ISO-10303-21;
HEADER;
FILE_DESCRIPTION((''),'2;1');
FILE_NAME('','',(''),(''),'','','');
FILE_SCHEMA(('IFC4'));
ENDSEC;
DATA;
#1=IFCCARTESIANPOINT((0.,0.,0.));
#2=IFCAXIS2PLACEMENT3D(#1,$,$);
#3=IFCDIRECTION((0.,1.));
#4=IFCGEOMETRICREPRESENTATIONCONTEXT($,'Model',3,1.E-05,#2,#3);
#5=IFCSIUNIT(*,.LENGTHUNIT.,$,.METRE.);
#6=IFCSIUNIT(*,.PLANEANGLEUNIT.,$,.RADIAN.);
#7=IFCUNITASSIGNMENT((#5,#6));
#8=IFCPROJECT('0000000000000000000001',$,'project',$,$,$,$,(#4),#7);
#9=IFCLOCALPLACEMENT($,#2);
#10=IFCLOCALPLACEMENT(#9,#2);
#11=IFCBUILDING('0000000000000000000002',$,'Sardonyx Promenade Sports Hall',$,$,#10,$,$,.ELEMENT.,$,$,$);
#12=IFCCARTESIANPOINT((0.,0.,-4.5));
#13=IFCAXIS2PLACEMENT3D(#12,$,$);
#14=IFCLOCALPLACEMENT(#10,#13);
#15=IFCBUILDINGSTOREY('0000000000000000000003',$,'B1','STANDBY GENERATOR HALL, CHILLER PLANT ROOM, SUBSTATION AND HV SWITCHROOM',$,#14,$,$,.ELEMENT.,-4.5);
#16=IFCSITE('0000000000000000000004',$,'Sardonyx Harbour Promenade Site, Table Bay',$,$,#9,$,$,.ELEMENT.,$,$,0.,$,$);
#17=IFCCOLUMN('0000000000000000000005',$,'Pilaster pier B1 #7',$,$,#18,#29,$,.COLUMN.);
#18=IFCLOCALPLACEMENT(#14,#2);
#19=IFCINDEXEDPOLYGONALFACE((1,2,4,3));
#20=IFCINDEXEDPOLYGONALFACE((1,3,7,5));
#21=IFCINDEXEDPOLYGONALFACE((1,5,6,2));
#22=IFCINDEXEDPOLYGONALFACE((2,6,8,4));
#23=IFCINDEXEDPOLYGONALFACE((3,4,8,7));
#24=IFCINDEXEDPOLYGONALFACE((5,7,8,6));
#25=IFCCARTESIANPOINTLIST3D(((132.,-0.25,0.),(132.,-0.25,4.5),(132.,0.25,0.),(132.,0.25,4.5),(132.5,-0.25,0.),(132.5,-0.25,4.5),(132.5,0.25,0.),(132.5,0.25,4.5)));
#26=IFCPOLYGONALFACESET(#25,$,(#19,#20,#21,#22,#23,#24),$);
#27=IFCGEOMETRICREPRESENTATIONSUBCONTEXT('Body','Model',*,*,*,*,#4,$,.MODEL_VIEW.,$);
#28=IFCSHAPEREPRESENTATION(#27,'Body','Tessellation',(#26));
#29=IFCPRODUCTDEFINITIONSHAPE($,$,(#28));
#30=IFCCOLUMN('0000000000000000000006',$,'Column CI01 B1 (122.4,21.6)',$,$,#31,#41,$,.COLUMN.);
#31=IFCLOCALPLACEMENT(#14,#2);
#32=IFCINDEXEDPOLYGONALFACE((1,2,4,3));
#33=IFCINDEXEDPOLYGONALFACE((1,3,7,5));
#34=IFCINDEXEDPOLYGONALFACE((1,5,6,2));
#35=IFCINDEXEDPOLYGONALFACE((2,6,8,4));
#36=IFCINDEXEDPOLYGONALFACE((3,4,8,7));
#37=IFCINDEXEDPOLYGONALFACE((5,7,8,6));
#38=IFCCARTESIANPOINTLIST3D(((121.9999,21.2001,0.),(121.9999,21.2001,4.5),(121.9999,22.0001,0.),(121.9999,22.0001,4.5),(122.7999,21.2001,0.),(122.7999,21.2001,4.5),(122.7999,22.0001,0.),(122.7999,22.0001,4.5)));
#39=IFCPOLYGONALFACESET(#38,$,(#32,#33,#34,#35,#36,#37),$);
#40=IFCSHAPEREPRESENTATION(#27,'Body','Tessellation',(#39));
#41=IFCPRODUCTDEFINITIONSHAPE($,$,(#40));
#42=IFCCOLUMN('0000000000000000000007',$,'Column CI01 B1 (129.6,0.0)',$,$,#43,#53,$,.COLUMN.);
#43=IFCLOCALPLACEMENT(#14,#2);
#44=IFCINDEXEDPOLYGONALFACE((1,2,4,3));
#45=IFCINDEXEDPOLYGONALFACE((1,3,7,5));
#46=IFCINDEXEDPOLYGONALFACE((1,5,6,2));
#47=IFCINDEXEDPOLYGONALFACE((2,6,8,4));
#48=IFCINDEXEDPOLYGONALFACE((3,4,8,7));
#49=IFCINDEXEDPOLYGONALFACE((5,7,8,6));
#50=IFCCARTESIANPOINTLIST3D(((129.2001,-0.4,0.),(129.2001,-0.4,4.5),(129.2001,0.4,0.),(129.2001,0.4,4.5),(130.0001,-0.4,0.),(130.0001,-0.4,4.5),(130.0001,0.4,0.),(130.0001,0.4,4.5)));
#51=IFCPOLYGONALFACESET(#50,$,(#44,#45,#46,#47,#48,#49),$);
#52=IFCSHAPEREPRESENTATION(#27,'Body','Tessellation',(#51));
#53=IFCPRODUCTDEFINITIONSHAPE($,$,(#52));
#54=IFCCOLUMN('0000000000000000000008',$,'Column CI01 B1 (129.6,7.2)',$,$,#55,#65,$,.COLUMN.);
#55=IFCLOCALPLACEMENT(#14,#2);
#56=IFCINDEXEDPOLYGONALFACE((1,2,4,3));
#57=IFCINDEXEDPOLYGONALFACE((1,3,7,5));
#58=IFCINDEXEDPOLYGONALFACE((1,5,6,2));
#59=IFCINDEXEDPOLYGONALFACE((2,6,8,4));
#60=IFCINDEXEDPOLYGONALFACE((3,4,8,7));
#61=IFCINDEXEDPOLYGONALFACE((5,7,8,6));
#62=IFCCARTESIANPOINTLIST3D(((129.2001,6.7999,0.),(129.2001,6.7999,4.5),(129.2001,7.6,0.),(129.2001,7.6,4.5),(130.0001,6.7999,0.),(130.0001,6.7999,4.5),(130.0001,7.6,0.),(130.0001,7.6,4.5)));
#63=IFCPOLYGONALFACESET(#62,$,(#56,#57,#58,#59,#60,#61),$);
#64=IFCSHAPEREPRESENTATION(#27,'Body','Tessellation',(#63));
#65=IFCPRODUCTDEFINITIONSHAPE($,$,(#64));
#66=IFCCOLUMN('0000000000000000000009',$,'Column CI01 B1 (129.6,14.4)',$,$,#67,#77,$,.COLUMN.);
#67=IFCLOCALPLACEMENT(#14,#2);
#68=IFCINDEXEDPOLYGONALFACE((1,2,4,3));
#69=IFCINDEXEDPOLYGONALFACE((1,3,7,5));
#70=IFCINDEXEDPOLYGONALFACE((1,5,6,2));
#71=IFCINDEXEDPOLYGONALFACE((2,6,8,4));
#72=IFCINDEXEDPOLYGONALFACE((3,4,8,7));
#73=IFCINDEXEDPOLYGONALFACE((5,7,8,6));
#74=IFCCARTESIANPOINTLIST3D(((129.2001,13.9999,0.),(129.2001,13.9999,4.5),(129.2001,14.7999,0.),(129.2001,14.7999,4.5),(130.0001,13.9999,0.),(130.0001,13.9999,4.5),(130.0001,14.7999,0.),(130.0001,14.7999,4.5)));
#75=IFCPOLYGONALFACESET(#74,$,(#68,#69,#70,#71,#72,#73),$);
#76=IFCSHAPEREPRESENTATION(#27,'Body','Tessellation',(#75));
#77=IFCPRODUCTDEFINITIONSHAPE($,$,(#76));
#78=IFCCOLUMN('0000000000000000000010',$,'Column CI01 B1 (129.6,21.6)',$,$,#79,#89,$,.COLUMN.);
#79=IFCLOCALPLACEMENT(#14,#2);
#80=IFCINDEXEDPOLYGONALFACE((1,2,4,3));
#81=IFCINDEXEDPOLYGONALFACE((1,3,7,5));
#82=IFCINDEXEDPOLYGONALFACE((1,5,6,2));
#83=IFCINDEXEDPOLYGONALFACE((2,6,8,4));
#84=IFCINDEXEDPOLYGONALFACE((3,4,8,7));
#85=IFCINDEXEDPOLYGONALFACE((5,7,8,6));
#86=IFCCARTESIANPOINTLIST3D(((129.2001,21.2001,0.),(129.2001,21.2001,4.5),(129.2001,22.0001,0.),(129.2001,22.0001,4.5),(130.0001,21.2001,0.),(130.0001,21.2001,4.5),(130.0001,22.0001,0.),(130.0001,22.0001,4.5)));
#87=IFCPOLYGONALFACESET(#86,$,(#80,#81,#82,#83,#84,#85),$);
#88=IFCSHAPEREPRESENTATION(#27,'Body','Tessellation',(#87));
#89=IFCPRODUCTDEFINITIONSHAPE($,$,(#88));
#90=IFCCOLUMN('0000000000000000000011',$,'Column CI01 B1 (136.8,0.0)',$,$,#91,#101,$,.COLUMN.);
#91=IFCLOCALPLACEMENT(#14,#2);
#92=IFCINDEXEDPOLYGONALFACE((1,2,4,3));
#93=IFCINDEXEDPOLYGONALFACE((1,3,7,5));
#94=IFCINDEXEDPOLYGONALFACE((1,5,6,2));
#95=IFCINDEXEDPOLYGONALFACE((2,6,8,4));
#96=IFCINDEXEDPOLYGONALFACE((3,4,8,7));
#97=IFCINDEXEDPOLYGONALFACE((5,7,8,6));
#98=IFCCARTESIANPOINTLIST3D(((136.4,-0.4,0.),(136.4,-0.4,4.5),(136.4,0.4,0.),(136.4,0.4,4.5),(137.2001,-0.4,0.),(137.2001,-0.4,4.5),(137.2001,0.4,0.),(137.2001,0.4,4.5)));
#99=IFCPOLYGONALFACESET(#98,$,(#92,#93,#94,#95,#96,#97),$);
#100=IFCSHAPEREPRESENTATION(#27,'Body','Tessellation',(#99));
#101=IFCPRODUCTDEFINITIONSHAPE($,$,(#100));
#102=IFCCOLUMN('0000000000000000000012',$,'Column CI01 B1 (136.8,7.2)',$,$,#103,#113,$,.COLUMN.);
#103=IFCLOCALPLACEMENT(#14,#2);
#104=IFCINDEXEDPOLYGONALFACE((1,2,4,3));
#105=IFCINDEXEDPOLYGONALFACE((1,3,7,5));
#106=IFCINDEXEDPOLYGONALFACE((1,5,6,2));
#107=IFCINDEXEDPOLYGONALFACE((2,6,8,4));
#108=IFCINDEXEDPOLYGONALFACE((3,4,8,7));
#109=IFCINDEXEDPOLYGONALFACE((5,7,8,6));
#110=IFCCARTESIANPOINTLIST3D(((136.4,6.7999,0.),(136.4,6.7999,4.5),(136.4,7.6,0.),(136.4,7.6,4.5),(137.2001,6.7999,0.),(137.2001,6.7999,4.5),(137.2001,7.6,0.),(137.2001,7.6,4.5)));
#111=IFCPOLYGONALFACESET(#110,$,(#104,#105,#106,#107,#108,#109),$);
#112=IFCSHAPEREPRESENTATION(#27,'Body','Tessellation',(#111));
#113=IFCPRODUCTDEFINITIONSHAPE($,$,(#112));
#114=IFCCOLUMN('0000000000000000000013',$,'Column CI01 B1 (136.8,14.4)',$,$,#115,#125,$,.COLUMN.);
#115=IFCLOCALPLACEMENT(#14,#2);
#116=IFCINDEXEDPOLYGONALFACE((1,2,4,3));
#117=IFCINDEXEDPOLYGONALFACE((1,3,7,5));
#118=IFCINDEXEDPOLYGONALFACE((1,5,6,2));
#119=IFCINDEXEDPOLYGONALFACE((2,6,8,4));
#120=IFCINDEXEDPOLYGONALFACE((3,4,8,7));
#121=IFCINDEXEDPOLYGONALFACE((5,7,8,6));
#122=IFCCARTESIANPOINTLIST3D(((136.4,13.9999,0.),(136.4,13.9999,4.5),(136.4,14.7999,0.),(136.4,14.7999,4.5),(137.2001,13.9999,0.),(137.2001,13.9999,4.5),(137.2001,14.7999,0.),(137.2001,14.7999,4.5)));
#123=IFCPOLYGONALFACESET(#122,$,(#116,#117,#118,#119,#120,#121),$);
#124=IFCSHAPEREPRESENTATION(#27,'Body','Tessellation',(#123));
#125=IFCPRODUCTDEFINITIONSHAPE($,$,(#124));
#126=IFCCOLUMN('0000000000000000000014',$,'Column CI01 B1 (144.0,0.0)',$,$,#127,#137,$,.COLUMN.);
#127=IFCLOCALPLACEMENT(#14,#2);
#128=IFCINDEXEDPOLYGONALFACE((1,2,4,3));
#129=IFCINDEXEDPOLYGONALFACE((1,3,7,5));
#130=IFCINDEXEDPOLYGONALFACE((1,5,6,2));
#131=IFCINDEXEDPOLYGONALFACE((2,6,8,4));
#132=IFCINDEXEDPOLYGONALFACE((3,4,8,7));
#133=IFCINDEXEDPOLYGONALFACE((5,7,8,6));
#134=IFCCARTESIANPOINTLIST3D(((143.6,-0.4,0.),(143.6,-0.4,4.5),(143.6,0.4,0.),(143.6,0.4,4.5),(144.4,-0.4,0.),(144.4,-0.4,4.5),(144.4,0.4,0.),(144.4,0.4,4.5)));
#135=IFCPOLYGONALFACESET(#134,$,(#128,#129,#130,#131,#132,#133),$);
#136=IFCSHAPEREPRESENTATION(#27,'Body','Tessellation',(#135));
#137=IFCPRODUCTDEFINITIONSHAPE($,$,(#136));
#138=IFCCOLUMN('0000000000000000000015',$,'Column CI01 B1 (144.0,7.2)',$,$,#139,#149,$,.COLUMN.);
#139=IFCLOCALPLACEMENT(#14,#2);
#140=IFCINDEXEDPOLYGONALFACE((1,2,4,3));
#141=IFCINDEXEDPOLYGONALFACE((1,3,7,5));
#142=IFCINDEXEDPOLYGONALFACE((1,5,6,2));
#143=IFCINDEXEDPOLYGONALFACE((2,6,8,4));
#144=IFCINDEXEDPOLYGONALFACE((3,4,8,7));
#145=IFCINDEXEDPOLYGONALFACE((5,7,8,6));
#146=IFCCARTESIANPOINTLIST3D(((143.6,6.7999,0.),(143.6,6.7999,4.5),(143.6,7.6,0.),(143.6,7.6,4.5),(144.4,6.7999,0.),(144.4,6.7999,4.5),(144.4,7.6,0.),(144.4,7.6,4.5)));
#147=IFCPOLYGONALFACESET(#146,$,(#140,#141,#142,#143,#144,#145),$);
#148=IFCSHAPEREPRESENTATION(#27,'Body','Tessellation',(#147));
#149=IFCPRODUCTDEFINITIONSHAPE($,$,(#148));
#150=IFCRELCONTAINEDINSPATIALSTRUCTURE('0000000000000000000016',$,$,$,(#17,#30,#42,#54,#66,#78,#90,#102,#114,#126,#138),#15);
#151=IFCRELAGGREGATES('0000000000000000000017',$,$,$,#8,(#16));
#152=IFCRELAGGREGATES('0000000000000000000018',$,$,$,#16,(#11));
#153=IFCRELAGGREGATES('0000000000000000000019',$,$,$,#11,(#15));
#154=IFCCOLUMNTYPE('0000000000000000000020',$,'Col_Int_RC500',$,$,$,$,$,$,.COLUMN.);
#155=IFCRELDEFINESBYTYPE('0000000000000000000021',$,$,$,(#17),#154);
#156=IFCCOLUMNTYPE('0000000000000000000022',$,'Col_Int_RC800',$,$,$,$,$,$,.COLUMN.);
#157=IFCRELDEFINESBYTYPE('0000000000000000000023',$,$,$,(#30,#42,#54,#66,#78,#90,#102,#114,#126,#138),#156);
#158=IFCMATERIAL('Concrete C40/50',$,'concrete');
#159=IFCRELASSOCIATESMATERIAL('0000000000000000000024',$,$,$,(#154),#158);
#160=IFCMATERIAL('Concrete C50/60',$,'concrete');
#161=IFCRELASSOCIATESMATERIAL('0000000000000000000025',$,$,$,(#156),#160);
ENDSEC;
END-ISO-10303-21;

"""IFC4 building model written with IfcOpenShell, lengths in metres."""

from ifc_helpers import new_model, si_unit, direction, frame, origin, origin_2d, place, context, subcontext, project, spatial, rectangle, extrude, material, material_profile, profile_set, type_object, element, save


model = new_model("IFC4")

# Units and contexts
model_context = context("Model", 3, precision=1e-05, world=origin(), true_north=direction((0.0, 1.0)))
body_context = subcontext(model_context, "Body", "Model", "MODEL_VIEW")
ifc_project = project(units=[si_unit("LENGTHUNIT", "METRE"), si_unit("PLANEANGLEUNIT", "RADIAN")], contexts=[model_context])

# Site, building, storey
site_placement = place(None, origin())
site = spatial("IfcSite", under=ifc_project, at=site_placement, Name="Sardonyx Harbour Promenade Site, Table Bay", CompositionType="ELEMENT", RefElevation=0.0)
building_placement = place(site_placement, origin())
building = spatial("IfcBuilding", under=site, at=building_placement, Name="Sardonyx Promenade Sports Hall", CompositionType="ELEMENT")
storey_placement = place(building_placement, frame((0.0, 0.0, -4.5)))
storey = spatial("IfcBuildingStorey", under=building, at=storey_placement, Name="B1", Description="STANDBY GENERATOR HALL, CHILLER PLANT ROOM, SUBSTATION AND HV SWITCHROOM", CompositionType="ELEMENT", Elevation=-4.5)

# Columns
ifc_material_1 = material(Name="Concrete C40/50", Category="concrete")
ifc_material_profile_1 = material_profile(ifc_material_1, rectangle(XDim=0.5, YDim=0.5, at=origin_2d()))
ifc_profile_set_1 = profile_set([ifc_material_profile_1], Name="Concrete C40/50")
column_type_1 = type_object("IfcColumnType", Name="Col_Int_RC500", PredefinedType="COLUMN", material=ifc_profile_set_1)
column_placement = place(storey_placement, frame((132.25, 0.0, 0.0), z_axis=(0.0, 0.0, 1.0), x_axis=(1.0, 0.0, 0.0)))
element("IfcColumn", 1, at=column_placement, inside=storey, type_object=column_type_1, Name="Pilaster pier B1 #7", PredefinedType="COLUMN", context=body_context, shape_type="SweptSolid", body=[
    extrude(rectangle(XDim=0.5, YDim=0.5, at=origin_2d()), origin(), (0.0, 0.0, 1.0), 4.5),
])
ifc_material_2 = material(Name="Concrete C50/60", Category="concrete")
ifc_material_profile_2 = material_profile(ifc_material_2, rectangle(XDim=0.8, YDim=0.8, at=origin_2d()))
ifc_profile_set_2 = profile_set([ifc_material_profile_2], Name="Concrete C50/60")
column_type_2 = type_object("IfcColumnType", Name="Col_Int_RC800", PredefinedType="COLUMN", material=ifc_profile_set_2)
for number, where, z_axis, x_axis, name in (
    (2, (122.3999, 21.6001, 0.0), (0.0, 0.0, 1.0), (1.0, 0.0, 0.0), "Column CI01 B1 (122.4,21.6)"),
    (3, (129.6001, 0.0, 0.0), (0.0, 0.0, 1.0), (1.0, 0.0, 0.0), "Column CI01 B1 (129.6,0.0)"),
    (4, (129.6001, 7.2, 0.0), (0.0, 0.0, 1.0), (1.0, 0.0, 0.0), "Column CI01 B1 (129.6,7.2)"),
    (5, (129.6001, 14.3999, 0.0), (0.0, 0.0, 1.0), (1.0, 0.0, 0.0), "Column CI01 B1 (129.6,14.4)"),
    (6, (129.6001, 21.6001, 0.0), (0.0, 0.0, 1.0), (1.0, 0.0, 0.0), "Column CI01 B1 (129.6,21.6)"),
    (7, (136.8, 0.0, 0.0), (0.0, 0.0, 1.0), (1.0, 0.0, 0.0), "Column CI01 B1 (136.8,0.0)"),
    (8, (136.8, 7.2, 0.0), (0.0, 0.0, 1.0), (1.0, 0.0, 0.0), "Column CI01 B1 (136.8,7.2)"),
    (9, (136.8, 14.3999, 0.0), (0.0, 0.0, 1.0), (1.0, 0.0, 0.0), "Column CI01 B1 (136.8,14.4)"),
    (10, (144.0, 0.0, 0.0), (0.0, 0.0, 1.0), (1.0, 0.0, 0.0), "Column CI01 B1 (144.0,0.0)"),
    (11, (144.0, 7.2, 0.0), (0.0, 0.0, 1.0), (1.0, 0.0, 0.0), "Column CI01 B1 (144.0,7.2)"),
):
    element("IfcColumn", number, at=place(storey_placement, frame(where, z_axis=z_axis, x_axis=x_axis)), inside=storey, type_object=column_type_2, Name=name, PredefinedType="COLUMN", context=body_context, shape_type="SweptSolid", body=[
        extrude(rectangle(XDim=0.8, YDim=0.8, at=origin_2d()), origin(), (0.0, 0.0, 1.0), 4.5),
    ])

save(model, "model.ifc")
